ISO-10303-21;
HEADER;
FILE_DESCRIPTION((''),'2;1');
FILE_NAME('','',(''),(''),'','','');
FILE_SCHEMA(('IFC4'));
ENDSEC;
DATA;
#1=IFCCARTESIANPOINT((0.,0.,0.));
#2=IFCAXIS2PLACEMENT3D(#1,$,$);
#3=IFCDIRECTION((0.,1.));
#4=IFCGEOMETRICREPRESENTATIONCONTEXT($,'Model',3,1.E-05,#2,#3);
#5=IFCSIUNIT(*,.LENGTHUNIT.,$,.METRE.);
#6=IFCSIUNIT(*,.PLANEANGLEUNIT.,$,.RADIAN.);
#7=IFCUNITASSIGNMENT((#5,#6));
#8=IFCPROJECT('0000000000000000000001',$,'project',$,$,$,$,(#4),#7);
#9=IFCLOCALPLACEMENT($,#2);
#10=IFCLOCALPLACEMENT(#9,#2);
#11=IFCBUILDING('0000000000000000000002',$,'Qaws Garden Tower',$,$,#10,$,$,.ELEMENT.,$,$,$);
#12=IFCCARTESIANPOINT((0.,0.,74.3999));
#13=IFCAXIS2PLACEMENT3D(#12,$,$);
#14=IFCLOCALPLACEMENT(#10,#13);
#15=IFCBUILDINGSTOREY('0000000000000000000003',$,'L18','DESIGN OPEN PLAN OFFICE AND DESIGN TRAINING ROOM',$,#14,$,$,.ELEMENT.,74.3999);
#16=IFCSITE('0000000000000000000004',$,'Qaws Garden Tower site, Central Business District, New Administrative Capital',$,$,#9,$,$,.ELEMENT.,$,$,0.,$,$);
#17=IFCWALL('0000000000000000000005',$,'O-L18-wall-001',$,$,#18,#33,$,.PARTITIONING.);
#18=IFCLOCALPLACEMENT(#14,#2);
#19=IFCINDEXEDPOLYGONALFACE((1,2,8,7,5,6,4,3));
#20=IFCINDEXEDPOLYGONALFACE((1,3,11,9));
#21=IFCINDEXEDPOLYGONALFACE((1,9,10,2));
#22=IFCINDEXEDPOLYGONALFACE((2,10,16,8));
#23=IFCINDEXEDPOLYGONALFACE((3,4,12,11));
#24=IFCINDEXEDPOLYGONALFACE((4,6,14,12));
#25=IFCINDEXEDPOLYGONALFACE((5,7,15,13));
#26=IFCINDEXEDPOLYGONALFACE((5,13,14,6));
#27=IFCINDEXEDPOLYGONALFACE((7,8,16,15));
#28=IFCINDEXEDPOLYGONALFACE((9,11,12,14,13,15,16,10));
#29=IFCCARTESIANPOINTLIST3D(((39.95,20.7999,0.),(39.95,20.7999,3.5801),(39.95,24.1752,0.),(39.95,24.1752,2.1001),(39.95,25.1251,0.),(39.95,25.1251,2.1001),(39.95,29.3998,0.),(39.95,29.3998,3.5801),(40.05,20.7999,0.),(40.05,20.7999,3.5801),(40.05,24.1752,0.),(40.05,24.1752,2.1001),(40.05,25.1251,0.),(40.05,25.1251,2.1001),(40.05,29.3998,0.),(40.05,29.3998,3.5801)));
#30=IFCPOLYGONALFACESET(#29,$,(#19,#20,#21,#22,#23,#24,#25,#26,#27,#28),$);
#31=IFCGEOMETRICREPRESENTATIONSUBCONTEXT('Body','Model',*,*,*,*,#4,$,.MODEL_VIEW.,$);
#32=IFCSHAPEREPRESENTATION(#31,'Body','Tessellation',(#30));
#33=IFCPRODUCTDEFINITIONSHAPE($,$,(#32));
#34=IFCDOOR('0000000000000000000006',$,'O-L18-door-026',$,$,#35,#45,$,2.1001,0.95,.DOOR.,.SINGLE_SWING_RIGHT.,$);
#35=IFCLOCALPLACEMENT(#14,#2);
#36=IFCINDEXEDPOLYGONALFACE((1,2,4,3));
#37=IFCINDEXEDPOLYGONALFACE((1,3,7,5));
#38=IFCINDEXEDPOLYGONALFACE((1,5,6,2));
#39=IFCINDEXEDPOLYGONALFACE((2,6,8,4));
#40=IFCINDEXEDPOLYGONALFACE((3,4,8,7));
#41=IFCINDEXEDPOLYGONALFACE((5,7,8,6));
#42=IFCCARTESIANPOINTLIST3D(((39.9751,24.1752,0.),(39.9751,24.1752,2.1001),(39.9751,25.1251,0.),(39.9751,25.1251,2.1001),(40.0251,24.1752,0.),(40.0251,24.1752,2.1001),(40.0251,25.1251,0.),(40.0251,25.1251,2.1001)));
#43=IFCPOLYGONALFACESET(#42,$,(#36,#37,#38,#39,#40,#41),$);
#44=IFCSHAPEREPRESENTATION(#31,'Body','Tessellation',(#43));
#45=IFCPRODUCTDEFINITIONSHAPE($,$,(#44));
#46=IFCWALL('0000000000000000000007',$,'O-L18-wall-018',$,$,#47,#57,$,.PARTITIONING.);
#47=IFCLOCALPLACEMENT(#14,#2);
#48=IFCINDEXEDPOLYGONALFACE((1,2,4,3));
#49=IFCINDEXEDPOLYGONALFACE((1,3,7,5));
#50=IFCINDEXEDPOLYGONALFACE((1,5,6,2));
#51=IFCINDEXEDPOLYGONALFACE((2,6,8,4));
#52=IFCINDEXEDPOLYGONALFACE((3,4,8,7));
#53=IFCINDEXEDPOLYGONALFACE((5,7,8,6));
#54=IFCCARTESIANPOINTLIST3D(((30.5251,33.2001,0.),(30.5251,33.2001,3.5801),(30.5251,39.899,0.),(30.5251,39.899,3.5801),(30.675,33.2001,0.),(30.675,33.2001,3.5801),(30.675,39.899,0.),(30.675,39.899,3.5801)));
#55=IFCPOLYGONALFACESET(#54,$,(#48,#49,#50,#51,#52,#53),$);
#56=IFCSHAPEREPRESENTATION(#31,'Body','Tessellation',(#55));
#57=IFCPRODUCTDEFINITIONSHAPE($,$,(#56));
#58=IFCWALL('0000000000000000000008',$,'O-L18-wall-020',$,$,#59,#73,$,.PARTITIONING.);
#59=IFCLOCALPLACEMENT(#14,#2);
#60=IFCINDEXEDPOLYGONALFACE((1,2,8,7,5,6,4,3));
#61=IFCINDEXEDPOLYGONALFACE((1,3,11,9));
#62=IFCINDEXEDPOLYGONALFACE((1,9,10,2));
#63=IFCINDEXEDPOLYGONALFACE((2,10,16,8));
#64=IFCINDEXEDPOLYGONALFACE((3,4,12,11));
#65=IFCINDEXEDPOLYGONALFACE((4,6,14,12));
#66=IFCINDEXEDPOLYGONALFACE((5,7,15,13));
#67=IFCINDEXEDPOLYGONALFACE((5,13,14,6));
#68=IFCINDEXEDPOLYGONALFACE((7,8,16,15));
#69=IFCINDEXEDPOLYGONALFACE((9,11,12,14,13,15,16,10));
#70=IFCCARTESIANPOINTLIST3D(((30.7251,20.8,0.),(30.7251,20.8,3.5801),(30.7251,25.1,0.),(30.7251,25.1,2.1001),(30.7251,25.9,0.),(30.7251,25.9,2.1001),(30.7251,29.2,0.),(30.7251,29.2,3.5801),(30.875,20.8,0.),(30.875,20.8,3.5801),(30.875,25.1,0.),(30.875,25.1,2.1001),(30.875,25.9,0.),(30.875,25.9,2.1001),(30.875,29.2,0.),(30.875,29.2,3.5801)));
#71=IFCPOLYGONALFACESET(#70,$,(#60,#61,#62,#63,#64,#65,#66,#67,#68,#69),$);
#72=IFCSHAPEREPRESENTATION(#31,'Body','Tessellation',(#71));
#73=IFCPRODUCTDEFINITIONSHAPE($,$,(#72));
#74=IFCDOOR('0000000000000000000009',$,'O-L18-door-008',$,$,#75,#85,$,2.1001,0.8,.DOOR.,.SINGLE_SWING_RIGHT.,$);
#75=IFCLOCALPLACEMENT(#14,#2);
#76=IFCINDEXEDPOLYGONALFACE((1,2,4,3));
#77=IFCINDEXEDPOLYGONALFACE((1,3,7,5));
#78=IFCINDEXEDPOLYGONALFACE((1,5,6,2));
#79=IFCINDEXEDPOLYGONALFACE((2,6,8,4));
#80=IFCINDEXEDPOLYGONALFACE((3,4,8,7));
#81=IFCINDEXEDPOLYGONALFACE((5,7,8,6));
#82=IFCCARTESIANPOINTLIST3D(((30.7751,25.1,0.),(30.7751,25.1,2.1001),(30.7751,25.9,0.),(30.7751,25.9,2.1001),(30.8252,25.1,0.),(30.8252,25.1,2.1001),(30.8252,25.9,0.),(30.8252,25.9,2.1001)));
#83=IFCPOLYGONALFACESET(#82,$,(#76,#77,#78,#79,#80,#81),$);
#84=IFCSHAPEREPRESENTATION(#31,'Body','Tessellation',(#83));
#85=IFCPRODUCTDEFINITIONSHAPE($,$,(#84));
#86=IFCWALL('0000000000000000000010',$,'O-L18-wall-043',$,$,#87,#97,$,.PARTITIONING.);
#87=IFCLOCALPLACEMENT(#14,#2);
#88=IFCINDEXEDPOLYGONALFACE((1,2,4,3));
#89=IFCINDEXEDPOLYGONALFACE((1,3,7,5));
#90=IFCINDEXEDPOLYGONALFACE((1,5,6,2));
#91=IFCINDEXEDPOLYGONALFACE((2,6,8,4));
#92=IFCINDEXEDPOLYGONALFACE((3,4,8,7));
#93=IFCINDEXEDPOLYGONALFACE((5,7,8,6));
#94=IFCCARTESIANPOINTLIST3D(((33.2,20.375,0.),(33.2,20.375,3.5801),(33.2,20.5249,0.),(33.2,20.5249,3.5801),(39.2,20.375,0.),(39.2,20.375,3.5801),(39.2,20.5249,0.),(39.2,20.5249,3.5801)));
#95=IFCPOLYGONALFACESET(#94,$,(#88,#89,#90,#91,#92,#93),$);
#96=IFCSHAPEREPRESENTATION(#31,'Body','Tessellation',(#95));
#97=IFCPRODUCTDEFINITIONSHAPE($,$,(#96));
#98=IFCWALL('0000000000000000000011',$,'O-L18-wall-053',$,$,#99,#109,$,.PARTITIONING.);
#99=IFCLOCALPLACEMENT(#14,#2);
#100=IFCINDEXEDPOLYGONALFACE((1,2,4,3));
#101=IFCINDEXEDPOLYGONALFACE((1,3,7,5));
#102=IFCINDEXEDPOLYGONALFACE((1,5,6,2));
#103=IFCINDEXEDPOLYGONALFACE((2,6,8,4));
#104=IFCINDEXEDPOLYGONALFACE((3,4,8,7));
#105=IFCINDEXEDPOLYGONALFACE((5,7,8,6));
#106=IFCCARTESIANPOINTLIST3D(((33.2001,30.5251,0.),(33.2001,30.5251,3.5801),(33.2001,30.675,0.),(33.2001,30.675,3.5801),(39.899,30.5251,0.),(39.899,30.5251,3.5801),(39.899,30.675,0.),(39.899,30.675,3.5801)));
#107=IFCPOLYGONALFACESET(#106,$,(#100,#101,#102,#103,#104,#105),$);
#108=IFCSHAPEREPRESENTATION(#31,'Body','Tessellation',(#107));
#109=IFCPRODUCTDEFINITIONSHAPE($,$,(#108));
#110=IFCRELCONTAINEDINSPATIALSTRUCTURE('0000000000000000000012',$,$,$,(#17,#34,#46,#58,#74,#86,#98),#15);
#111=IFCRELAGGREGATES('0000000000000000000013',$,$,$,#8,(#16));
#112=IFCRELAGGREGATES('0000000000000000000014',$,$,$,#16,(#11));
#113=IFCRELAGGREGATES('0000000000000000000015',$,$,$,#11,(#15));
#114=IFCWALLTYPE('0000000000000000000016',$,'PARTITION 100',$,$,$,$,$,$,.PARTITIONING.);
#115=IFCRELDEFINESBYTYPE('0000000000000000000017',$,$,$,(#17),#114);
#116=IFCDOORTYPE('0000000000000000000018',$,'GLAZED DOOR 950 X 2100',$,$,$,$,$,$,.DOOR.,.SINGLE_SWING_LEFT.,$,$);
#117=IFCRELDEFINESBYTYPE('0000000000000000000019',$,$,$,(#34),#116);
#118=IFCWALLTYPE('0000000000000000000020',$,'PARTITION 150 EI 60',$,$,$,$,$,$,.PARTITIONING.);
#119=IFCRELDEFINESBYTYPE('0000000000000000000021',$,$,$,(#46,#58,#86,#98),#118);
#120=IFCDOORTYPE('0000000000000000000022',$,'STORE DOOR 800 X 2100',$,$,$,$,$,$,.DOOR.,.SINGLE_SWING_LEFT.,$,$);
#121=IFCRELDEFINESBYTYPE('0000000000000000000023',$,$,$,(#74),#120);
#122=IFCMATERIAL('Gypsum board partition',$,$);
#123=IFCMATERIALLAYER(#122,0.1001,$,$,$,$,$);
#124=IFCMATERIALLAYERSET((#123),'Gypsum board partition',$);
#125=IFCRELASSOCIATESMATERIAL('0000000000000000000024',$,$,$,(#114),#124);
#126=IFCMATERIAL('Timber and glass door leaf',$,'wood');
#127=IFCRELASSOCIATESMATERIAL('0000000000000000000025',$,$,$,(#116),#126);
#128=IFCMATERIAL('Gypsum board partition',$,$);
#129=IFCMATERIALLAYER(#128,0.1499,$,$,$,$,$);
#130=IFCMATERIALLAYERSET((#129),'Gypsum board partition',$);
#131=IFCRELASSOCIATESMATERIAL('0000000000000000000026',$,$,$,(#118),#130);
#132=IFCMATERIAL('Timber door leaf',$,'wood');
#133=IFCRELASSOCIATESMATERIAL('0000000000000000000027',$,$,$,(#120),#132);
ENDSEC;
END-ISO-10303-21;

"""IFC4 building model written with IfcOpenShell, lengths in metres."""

from ifc_helpers import new_model, si_unit, direction, frame, frame_2d, origin, place, context, subcontext, project, spatial, rectangle, extrude, material, layer, layer_set, type_object, element, fill, save


model = new_model("IFC4")

# Units and contexts
model_context = context("Model", 3, precision=1e-05, world=origin(), true_north=direction((0.0, 1.0)))
body_context = subcontext(model_context, "Body", "Model", "MODEL_VIEW")
ifc_project = project(units=[si_unit("LENGTHUNIT", "METRE"), si_unit("PLANEANGLEUNIT", "RADIAN")], contexts=[model_context])

# Site, building, storey
site_placement = place(None, origin())
site = spatial("IfcSite", under=ifc_project, at=site_placement, Name="Qaws Garden Tower site, Central Business District, New Administrative Capital", CompositionType="ELEMENT", RefElevation=0.0)
building_placement = place(site_placement, origin())
building = spatial("IfcBuilding", under=site, at=building_placement, Name="Qaws Garden Tower", CompositionType="ELEMENT")
storey_placement = place(building_placement, frame((0.0, 0.0, 74.3999)))
storey = spatial("IfcBuildingStorey", under=building, at=storey_placement, Name="L18", Description="DESIGN OPEN PLAN OFFICE AND DESIGN TRAINING ROOM", CompositionType="ELEMENT", Elevation=74.3999)

# Wall, opening, door
ifc_material_1 = material(Name="Gypsum board partition")
ifc_layer_1 = layer(ifc_material_1, 0.1001)
ifc_layer_set_1 = layer_set([ifc_layer_1], Name="Gypsum board partition")
wall_type_1 = type_object("IfcWallType", Name="PARTITION 100", PredefinedType="PARTITIONING", material=ifc_layer_set_1)
wall_1_placement = place(storey_placement, frame((40.0, 20.8, 0.0), z_axis=(0.0, 0.0, 1.0), x_axis=(0.0, 1.0, 0.0)))
wall_1 = element("IfcWall", 1, at=wall_1_placement, inside=storey, type_object=wall_type_1, Name="O-L18-wall-001", PredefinedType="PARTITIONING", context=body_context, shape_type="SweptSolid", body=[
    extrude(rectangle(XDim=8.5999, YDim=0.1001, at=frame_2d((4.2998, 0.0))), origin(), (0.0, 0.0, 1.0), 3.5801),
])
opening_1_placement = place(wall_1_placement, frame((3.375, 0.0, 0.0)))
opening_1 = element("IfcOpeningElement", 2, at=opening_1_placement, cuts=wall_1, PredefinedType="OPENING", context=body_context, shape_type="SweptSolid", body=[
    extrude(rectangle(XDim=0.95, YDim=2.1001, at=frame_2d((0.4751, 1.05))), frame((0.0, 0.0601, 0.0), z_axis=(0.0, -1.0, 0.0), x_axis=(1.0, 0.0, 0.0)), (0.0, 0.0, 1.0), 0.1201),
])
ifc_material_2 = material(Name="Timber and glass door leaf", Category="wood")
door_type_1 = type_object("IfcDoorType", Name="GLAZED DOOR 950 X 2100", OperationType="SINGLE_SWING_LEFT", PredefinedType="DOOR", material=ifc_material_2)
door_1_placement = place(opening_1_placement, origin())
door_1 = element("IfcDoor", 3, at=door_1_placement, inside=storey, type_object=door_type_1, Name="O-L18-door-026", OperationType="SINGLE_SWING_RIGHT", OverallHeight=2.1001, OverallWidth=0.95, PredefinedType="DOOR", context=body_context, shape_type="SweptSolid", body=[
    extrude(rectangle(XDim=0.95, YDim=2.1001, at=frame_2d((0.4751, 1.05))), frame((0.0, 0.0249, 0.0), z_axis=(0.0, -1.0, 0.0), x_axis=(1.0, 0.0, 0.0)), (0.0, 0.0, 1.0), 0.05),
])
fill(opening_1, door_1)

# Wall
ifc_material_3 = material(Name="Gypsum board partition")
ifc_layer_2 = layer(ifc_material_3, 0.1499)
ifc_layer_set_2 = layer_set([ifc_layer_2], Name="Gypsum board partition")
wall_type_2 = type_object("IfcWallType", Name="PARTITION 150 EI 60", PredefinedType="PARTITIONING", material=ifc_layer_set_2)
wall_2_placement = place(storey_placement, frame((30.6001, 33.2, 0.0), z_axis=(0.0, 0.0, 1.0), x_axis=(0.0, 1.0, 0.0)))
element("IfcWall", 4, at=wall_2_placement, inside=storey, type_object=wall_type_2, Name="O-L18-wall-018", PredefinedType="PARTITIONING", context=body_context, shape_type="SweptSolid", body=[
    extrude(rectangle(XDim=6.699, YDim=0.1499, at=frame_2d((3.3496, 0.0))), origin(), (0.0, 0.0, 1.0), 3.5801),
])

# Wall, opening, door
wall_3_placement = place(storey_placement, frame((30.8, 20.8, 0.0), z_axis=(0.0, 0.0, 1.0), x_axis=(0.0, 1.0, 0.0)))
wall_3 = element("IfcWall", 5, at=wall_3_placement, inside=storey, type_object=wall_type_2, Name="O-L18-wall-020", PredefinedType="PARTITIONING", context=body_context, shape_type="SweptSolid", body=[
    extrude(rectangle(XDim=8.3999, YDim=0.1499, at=frame_2d((4.2, 0.0))), origin(), (0.0, 0.0, 1.0), 3.5801),
])
opening_2_placement = place(wall_3_placement, frame((4.3, 0.0, 0.0)))
opening_2 = element("IfcOpeningElement", 6, at=opening_2_placement, cuts=wall_3, PredefinedType="OPENING", context=body_context, shape_type="SweptSolid", body=[
    extrude(rectangle(XDim=0.8, YDim=2.1001, at=frame_2d((0.3999, 1.05))), frame((0.0, 0.085, 0.0), z_axis=(0.0, -1.0, 0.0), x_axis=(1.0, 0.0, 0.0)), (0.0, 0.0, 1.0), 0.1699),
])
ifc_material_4 = material(Name="Timber door leaf", Category="wood")
door_type_2 = type_object("IfcDoorType", Name="STORE DOOR 800 X 2100", OperationType="SINGLE_SWING_LEFT", PredefinedType="DOOR", material=ifc_material_4)
door_2_placement = place(opening_2_placement, origin())
door_2 = element("IfcDoor", 7, at=door_2_placement, inside=storey, type_object=door_type_2, Name="O-L18-door-008", OperationType="SINGLE_SWING_RIGHT", OverallHeight=2.1001, OverallWidth=0.8, PredefinedType="DOOR", context=body_context, shape_type="SweptSolid", body=[
    extrude(rectangle(XDim=0.8, YDim=2.1001, at=frame_2d((0.3999, 1.05))), frame((0.0, 0.0249, 0.0), z_axis=(0.0, -1.0, 0.0), x_axis=(1.0, 0.0, 0.0)), (0.0, 0.0, 1.0), 0.05),
])
fill(opening_2, door_2)

# Walls
wall_4_placement = place(storey_placement, frame((33.2, 20.45, 0.0), z_axis=(0.0, 0.0, 1.0), x_axis=(1.0, 0.0, 0.0)))
element("IfcWall", 8, at=wall_4_placement, inside=storey, type_object=wall_type_2, Name="O-L18-wall-043", PredefinedType="PARTITIONING", context=body_context, shape_type="SweptSolid", body=[
    extrude(rectangle(XDim=6.0, YDim=0.1499, at=frame_2d((3.0, 0.0))), origin(), (0.0, 0.0, 1.0), 3.5801),
])
wall_5_placement = place(storey_placement, frame((33.2, 30.6001, 0.0), z_axis=(0.0, 0.0, 1.0), x_axis=(1.0, 0.0, 0.0)))
element("IfcWall", 9, at=wall_5_placement, inside=storey, type_object=wall_type_2, Name="O-L18-wall-053", PredefinedType="PARTITIONING", context=body_context, shape_type="SweptSolid", body=[
    extrude(rectangle(XDim=6.699, YDim=0.1499, at=frame_2d((3.3496, 0.0))), origin(), (0.0, 0.0, 1.0), 3.5801),
])

save(model, "model.ifc")
